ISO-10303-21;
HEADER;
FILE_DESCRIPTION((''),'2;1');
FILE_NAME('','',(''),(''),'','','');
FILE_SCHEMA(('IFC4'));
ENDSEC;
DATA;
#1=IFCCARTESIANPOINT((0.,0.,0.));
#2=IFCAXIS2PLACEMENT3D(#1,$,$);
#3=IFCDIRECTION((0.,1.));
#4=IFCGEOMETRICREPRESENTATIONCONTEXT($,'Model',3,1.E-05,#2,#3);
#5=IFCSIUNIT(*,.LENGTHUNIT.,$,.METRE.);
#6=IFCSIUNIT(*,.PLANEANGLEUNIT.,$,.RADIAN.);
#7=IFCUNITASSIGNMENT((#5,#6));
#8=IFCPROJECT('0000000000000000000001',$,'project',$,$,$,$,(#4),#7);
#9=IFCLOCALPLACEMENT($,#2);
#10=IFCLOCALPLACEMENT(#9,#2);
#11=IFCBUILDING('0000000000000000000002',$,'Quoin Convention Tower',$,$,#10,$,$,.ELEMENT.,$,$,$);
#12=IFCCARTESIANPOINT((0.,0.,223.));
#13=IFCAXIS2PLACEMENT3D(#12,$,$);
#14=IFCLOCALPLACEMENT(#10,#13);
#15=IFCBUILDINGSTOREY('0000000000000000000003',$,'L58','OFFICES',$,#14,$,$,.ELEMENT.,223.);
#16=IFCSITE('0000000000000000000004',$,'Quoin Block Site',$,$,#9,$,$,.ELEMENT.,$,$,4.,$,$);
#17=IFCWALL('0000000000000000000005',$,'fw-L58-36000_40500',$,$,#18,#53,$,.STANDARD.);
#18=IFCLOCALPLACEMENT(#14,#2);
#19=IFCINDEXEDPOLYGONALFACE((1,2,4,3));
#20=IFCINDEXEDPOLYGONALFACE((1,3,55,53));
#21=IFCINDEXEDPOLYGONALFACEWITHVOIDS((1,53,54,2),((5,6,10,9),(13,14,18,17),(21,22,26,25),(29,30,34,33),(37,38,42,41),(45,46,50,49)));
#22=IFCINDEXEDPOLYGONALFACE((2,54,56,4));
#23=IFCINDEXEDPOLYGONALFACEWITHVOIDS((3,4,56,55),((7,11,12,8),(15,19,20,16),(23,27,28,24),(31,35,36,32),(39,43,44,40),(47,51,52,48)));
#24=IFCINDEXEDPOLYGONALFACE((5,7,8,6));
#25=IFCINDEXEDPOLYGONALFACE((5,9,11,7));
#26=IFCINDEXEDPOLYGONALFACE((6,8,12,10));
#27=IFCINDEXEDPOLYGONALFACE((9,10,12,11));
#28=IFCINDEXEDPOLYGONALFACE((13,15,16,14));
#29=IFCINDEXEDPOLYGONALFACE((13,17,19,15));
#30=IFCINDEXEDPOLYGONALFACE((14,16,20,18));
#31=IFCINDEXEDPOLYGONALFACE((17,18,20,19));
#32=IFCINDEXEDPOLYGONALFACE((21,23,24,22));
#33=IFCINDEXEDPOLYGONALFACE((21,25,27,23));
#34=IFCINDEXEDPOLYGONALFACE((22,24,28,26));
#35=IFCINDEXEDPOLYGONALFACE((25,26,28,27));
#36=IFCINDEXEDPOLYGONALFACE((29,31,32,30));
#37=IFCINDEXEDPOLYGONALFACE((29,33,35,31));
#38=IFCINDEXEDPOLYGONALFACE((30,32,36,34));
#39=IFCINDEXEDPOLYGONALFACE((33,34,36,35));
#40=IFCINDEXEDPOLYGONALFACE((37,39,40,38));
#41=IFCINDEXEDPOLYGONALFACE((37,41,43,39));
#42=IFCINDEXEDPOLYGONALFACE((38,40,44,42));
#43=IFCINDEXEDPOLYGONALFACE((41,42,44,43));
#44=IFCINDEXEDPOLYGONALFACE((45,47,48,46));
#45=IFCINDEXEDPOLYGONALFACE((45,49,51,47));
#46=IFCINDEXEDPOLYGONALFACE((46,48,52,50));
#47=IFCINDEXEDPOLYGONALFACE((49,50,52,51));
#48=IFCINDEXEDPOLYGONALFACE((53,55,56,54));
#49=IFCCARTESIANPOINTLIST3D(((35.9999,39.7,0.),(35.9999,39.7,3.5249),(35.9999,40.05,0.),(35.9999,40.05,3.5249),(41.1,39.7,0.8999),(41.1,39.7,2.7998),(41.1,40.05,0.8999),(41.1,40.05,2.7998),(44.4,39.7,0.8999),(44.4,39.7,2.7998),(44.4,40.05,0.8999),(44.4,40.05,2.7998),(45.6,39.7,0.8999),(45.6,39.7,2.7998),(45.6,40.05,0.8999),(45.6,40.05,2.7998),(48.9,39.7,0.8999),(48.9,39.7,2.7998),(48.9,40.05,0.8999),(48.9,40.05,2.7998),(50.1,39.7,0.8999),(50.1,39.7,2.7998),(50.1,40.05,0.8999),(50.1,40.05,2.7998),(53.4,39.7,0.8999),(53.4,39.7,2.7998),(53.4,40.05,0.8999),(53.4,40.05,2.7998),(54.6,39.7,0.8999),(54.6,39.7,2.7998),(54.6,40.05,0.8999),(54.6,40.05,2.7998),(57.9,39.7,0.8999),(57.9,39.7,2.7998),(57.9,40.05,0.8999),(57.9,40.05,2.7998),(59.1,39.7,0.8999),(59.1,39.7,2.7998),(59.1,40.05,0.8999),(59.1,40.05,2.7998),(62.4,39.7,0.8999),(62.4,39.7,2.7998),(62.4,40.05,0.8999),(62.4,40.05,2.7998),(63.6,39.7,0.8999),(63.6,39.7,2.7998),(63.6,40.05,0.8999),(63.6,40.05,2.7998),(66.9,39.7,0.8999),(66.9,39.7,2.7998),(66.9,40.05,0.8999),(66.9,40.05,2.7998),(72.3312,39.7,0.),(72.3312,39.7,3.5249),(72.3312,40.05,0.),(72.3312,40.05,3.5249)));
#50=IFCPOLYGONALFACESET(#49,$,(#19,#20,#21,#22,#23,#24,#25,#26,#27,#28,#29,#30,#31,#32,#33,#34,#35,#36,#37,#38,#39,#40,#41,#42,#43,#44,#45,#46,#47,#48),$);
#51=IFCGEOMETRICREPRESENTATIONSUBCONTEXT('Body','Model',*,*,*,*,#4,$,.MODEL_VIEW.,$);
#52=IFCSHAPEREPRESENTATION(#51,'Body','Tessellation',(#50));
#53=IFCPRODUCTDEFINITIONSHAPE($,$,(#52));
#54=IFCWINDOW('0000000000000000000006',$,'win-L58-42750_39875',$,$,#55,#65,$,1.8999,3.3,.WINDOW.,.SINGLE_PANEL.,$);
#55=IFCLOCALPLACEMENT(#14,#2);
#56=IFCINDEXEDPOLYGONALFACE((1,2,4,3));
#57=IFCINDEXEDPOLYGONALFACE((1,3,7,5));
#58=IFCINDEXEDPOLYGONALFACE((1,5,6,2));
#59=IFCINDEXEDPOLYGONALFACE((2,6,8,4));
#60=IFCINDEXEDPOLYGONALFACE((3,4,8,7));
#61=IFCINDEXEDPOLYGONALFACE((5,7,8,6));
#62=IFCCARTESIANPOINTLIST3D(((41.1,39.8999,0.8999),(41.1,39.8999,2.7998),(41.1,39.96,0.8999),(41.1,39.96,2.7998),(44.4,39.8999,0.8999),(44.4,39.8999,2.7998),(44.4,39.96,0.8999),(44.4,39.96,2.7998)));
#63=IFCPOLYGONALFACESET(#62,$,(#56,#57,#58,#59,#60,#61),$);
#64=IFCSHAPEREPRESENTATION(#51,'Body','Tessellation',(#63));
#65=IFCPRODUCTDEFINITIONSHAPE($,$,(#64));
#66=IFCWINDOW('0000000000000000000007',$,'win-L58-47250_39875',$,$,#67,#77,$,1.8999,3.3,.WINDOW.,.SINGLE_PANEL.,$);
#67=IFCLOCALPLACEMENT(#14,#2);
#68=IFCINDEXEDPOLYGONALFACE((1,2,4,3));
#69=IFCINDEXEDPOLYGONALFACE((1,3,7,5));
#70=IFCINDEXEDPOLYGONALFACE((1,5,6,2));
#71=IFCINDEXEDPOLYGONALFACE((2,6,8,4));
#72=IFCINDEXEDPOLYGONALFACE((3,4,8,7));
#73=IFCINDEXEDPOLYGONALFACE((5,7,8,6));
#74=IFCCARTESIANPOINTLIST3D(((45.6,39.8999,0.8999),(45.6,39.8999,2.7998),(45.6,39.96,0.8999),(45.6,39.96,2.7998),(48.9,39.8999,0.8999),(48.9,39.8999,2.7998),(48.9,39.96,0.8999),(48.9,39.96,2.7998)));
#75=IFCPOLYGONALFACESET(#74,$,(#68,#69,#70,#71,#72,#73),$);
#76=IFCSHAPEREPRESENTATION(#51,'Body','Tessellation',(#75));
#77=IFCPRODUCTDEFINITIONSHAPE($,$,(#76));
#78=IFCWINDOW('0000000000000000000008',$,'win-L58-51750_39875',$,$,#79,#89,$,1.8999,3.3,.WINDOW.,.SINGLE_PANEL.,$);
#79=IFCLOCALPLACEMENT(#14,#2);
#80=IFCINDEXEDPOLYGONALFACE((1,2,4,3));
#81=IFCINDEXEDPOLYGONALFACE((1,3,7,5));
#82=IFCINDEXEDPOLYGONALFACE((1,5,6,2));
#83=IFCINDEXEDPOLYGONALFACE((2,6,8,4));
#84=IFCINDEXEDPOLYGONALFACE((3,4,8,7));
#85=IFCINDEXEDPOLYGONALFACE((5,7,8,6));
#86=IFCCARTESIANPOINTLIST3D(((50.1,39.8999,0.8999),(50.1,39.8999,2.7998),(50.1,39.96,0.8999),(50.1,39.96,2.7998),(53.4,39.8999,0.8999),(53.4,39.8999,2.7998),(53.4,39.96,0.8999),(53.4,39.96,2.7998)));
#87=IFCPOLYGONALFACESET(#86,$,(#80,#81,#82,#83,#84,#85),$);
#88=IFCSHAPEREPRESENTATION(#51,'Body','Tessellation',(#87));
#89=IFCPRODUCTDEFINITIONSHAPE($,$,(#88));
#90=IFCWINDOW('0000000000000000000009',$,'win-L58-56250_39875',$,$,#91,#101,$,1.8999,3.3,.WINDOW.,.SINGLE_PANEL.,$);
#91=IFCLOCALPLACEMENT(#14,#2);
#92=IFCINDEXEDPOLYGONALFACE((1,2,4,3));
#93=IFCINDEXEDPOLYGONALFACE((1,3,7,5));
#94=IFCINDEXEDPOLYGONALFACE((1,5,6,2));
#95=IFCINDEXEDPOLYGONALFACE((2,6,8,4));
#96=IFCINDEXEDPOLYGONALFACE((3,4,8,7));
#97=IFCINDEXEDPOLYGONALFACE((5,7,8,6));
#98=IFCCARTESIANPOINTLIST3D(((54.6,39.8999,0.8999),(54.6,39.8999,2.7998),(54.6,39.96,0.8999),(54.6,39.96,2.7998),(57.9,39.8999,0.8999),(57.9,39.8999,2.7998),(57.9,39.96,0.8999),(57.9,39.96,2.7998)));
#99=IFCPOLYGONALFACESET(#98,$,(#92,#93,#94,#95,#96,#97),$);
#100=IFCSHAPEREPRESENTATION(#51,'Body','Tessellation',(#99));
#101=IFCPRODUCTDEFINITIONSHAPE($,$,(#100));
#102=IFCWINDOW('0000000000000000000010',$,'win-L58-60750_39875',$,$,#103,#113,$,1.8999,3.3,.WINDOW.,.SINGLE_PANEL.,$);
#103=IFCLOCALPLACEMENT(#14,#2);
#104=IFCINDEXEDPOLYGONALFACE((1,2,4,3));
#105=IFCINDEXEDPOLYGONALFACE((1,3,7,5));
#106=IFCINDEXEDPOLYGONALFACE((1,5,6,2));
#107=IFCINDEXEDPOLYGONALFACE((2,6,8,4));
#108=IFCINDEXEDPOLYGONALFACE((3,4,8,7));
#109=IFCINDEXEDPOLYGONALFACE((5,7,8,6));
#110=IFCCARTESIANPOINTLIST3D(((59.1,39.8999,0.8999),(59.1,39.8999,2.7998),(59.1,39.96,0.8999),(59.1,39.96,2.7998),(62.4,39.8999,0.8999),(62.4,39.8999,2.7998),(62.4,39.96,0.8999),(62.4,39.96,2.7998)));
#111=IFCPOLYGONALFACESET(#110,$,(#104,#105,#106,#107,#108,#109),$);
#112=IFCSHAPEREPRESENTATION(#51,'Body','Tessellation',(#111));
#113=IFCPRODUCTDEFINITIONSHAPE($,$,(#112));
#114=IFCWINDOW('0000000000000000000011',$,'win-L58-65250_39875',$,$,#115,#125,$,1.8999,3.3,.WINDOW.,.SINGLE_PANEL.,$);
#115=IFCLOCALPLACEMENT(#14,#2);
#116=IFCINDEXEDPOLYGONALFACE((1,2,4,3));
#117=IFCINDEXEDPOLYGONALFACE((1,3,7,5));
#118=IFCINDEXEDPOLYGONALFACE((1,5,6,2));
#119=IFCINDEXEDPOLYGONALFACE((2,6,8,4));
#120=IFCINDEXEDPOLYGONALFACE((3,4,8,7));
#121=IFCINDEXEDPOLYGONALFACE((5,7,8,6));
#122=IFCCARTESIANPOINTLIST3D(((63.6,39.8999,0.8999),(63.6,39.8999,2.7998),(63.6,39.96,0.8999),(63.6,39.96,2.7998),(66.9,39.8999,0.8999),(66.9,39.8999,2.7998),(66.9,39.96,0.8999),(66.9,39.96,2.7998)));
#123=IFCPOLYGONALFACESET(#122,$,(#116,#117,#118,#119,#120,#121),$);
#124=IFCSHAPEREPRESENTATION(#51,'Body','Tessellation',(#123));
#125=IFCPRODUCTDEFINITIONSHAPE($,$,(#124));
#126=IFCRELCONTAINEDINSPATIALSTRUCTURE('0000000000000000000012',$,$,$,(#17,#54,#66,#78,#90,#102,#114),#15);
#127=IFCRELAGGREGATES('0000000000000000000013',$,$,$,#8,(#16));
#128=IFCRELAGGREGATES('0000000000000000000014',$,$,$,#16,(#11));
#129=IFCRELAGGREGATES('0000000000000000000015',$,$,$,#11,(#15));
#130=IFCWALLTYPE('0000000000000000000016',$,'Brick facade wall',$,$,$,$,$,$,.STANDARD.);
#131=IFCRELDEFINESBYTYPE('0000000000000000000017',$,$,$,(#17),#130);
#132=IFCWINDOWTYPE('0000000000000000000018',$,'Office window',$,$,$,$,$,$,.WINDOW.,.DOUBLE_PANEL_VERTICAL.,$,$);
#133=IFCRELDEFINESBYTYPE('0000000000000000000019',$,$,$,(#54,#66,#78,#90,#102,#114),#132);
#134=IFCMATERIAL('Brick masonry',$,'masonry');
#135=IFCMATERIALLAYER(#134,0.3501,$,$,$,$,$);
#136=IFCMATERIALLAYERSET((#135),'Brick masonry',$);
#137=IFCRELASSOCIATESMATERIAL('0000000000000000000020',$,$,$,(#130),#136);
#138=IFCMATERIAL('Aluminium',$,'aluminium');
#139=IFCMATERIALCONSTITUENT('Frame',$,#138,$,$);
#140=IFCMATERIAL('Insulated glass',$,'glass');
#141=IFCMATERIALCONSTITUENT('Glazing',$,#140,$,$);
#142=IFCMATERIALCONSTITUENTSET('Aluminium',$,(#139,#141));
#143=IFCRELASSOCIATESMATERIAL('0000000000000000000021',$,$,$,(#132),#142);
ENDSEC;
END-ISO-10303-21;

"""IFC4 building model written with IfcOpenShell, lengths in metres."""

from ifc_helpers import new_model, si_unit, direction, frame, frame_2d, origin, place, context, subcontext, project, spatial, rectangle, extrude, material, layer, layer_set, constituent, constituent_set, type_object, element, fill, save


model = new_model("IFC4")

# Units and contexts
model_context = context("Model", 3, precision=1e-05, world=origin(), true_north=direction((0.0, 1.0)))
body_context = subcontext(model_context, "Body", "Model", "MODEL_VIEW")
ifc_project = project(units=[si_unit("LENGTHUNIT", "METRE"), si_unit("PLANEANGLEUNIT", "RADIAN")], contexts=[model_context])

# Site, building, storey
site_placement = place(None, origin())
site = spatial("IfcSite", under=ifc_project, at=site_placement, Name="Quoin Block Site", CompositionType="ELEMENT", RefElevation=4.0)
building_placement = place(site_placement, origin())
building = spatial("IfcBuilding", under=site, at=building_placement, Name="Quoin Convention Tower", CompositionType="ELEMENT")
storey_placement = place(building_placement, frame((0.0, 0.0, 223.0)))
storey = spatial("IfcBuildingStorey", under=building, at=storey_placement, Name="L58", Description="OFFICES", CompositionType="ELEMENT", Elevation=223.0)

# Wall, openings, windows
ifc_material_1 = material(Name="Brick masonry", Category="masonry")
ifc_layer_1 = layer(ifc_material_1, 0.3501)
ifc_layer_set_1 = layer_set([ifc_layer_1], Name="Brick masonry")
wall_type = type_object("IfcWallType", Name="Brick facade wall", PredefinedType="STANDARD", material=ifc_layer_set_1)
wall_1_placement = place(storey_placement, frame((36.0, 39.875, 0.0), z_axis=(0.0, 0.0, 1.0), x_axis=(1.0, 0.0, 0.0)))
wall_1 = element("IfcWall", 1, at=wall_1_placement, inside=storey, type_object=wall_type, Name="fw-L58-36000_40500", PredefinedType="STANDARD", context=body_context, shape_type="SweptSolid", body=[
    extrude(rectangle(XDim=36.3313, YDim=0.3501, at=frame_2d((18.1655, 0.0))), origin(), (0.0, 0.0, 1.0), 3.5249),
])
opening_1_placement = place(wall_1_placement, frame((5.1001, 0.0, 0.8999)))
opening_1 = element("IfcOpeningElement", 2, at=opening_1_placement, cuts=wall_1, PredefinedType="OPENING", context=body_context, shape_type="SweptSolid", body=[
    extrude(rectangle(XDim=3.3, YDim=1.8999, at=frame_2d((1.6499, 0.95))), frame((0.0, 0.1851, 0.0), z_axis=(0.0, -1.0, 0.0), x_axis=(1.0, 0.0, 0.0)), (0.0, 0.0, 1.0), 0.3701),
])
opening_2_placement = place(wall_1_placement, frame((9.6001, 0.0, 0.8999)))
opening_2 = element("IfcOpeningElement", 3, at=opening_2_placement, cuts=wall_1, PredefinedType="OPENING", context=body_context, shape_type="SweptSolid", body=[
    extrude(rectangle(XDim=3.3, YDim=1.8999, at=frame_2d((1.6499, 0.95))), frame((0.0, 0.1851, 0.0), z_axis=(0.0, -1.0, 0.0), x_axis=(1.0, 0.0, 0.0)), (0.0, 0.0, 1.0), 0.3701),
])
opening_3_placement = place(wall_1_placement, frame((14.1001, 0.0, 0.8999)))
opening_3 = element("IfcOpeningElement", 4, at=opening_3_placement, cuts=wall_1, PredefinedType="OPENING", context=body_context, shape_type="SweptSolid", body=[
    extrude(rectangle(XDim=3.3, YDim=1.8999, at=frame_2d((1.6499, 0.95))), frame((0.0, 0.1851, 0.0), z_axis=(0.0, -1.0, 0.0), x_axis=(1.0, 0.0, 0.0)), (0.0, 0.0, 1.0), 0.3701),
])
opening_4_placement = place(wall_1_placement, frame((18.6001, 0.0, 0.8999)))
opening_4 = element("IfcOpeningElement", 5, at=opening_4_placement, cuts=wall_1, PredefinedType="OPENING", context=body_context, shape_type="SweptSolid", body=[
    extrude(rectangle(XDim=3.3, YDim=1.8999, at=frame_2d((1.6499, 0.95))), frame((0.0, 0.1851, 0.0), z_axis=(0.0, -1.0, 0.0), x_axis=(1.0, 0.0, 0.0)), (0.0, 0.0, 1.0), 0.3701),
])
opening_5_placement = place(wall_1_placement, frame((23.1001, 0.0, 0.8999)))
opening_5 = element("IfcOpeningElement", 6, at=opening_5_placement, cuts=wall_1, PredefinedType="OPENING", context=body_context, shape_type="SweptSolid", body=[
    extrude(rectangle(XDim=3.3, YDim=1.8999, at=frame_2d((1.6499, 0.95))), frame((0.0, 0.1851, 0.0), z_axis=(0.0, -1.0, 0.0), x_axis=(1.0, 0.0, 0.0)), (0.0, 0.0, 1.0), 0.3701),
])
opening_6_placement = place(wall_1_placement, frame((27.6001, 0.0, 0.8999)))
opening_6 = element("IfcOpeningElement", 7, at=opening_6_placement, cuts=wall_1, PredefinedType="OPENING", context=body_context, shape_type="SweptSolid", body=[
    extrude(rectangle(XDim=3.3, YDim=1.8999, at=frame_2d((1.6499, 0.95))), frame((0.0, 0.1851, 0.0), z_axis=(0.0, -1.0, 0.0), x_axis=(1.0, 0.0, 0.0)), (0.0, 0.0, 1.0), 0.3701),
])
ifc_material_2 = material(Name="Aluminium", Category="aluminium")
ifc_constituent_1 = constituent(ifc_material_2, Name="Frame")
ifc_material_3 = material(Name="Insulated glass", Category="glass")
ifc_constituent_2 = constituent(ifc_material_3, Name="Glazing")
ifc_constituent_set = constituent_set(constituents=[ifc_constituent_1, ifc_constituent_2], Name="Aluminium")
window_type = type_object("IfcWindowType", Name="Office window", PartitioningType="DOUBLE_PANEL_VERTICAL", PredefinedType="WINDOW", material=ifc_constituent_set)
window_1_placement = place(opening_1_placement, origin())
window_1 = element("IfcWindow", 8, at=window_1_placement, inside=storey, type_object=window_type, Name="win-L58-42750_39875", OverallHeight=1.8999, OverallWidth=3.3, PartitioningType="SINGLE_PANEL", PredefinedType="WINDOW", context=body_context, shape_type="SweptSolid", body=[
    extrude(rectangle(XDim=3.3, YDim=1.8999, at=frame_2d((1.6499, 0.95))), frame((0.0, 0.085, 0.0), z_axis=(0.0, -1.0, 0.0), x_axis=(1.0, 0.0, 0.0)), (0.0, 0.0, 1.0), 0.0601),
])
fill(opening_1, window_1)
window_2_placement = place(opening_2_placement, origin())
window_2 = element("IfcWindow", 9, at=window_2_placement, inside=storey, type_object=window_type, Name="win-L58-47250_39875", OverallHeight=1.8999, OverallWidth=3.3, PartitioningType="SINGLE_PANEL", PredefinedType="WINDOW", context=body_context, shape_type="SweptSolid", body=[
    extrude(rectangle(XDim=3.3, YDim=1.8999, at=frame_2d((1.6499, 0.95))), frame((0.0, 0.085, 0.0), z_axis=(0.0, -1.0, 0.0), x_axis=(1.0, 0.0, 0.0)), (0.0, 0.0, 1.0), 0.0601),
])
fill(opening_2, window_2)
window_3_placement = place(opening_3_placement, origin())
window_3 = element("IfcWindow", 10, at=window_3_placement, inside=storey, type_object=window_type, Name="win-L58-51750_39875", OverallHeight=1.8999, OverallWidth=3.3, PartitioningType="SINGLE_PANEL", PredefinedType="WINDOW", context=body_context, shape_type="SweptSolid", body=[
    extrude(rectangle(XDim=3.3, YDim=1.8999, at=frame_2d((1.6499, 0.95))), frame((0.0, 0.085, 0.0), z_axis=(0.0, -1.0, 0.0), x_axis=(1.0, 0.0, 0.0)), (0.0, 0.0, 1.0), 0.0601),
])
fill(opening_3, window_3)
window_4_placement = place(opening_4_placement, origin())
window_4 = element("IfcWindow", 11, at=window_4_placement, inside=storey, type_object=window_type, Name="win-L58-56250_39875", OverallHeight=1.8999, OverallWidth=3.3, PartitioningType="SINGLE_PANEL", PredefinedType="WINDOW", context=body_context, shape_type="SweptSolid", body=[
    extrude(rectangle(XDim=3.3, YDim=1.8999, at=frame_2d((1.6499, 0.95))), frame((0.0, 0.085, 0.0), z_axis=(0.0, -1.0, 0.0), x_axis=(1.0, 0.0, 0.0)), (0.0, 0.0, 1.0), 0.0601),
])
fill(opening_4, window_4)
window_5_placement = place(opening_5_placement, origin())
window_5 = element("IfcWindow", 12, at=window_5_placement, inside=storey, type_object=window_type, Name="win-L58-60750_39875", OverallHeight=1.8999, OverallWidth=3.3, PartitioningType="SINGLE_PANEL", PredefinedType="WINDOW", context=body_context, shape_type="SweptSolid", body=[
    extrude(rectangle(XDim=3.3, YDim=1.8999, at=frame_2d((1.6499, 0.95))), frame((0.0, 0.085, 0.0), z_axis=(0.0, -1.0, 0.0), x_axis=(1.0, 0.0, 0.0)), (0.0, 0.0, 1.0), 0.0601),
])
fill(opening_5, window_5)
window_6_placement = place(opening_6_placement, origin())
window_6 = element("IfcWindow", 13, at=window_6_placement, inside=storey, type_object=window_type, Name="win-L58-65250_39875", OverallHeight=1.8999, OverallWidth=3.3, PartitioningType="SINGLE_PANEL", PredefinedType="WINDOW", context=body_context, shape_type="SweptSolid", body=[
    extrude(rectangle(XDim=3.3, YDim=1.8999, at=frame_2d((1.6499, 0.95))), frame((0.0, 0.085, 0.0), z_axis=(0.0, -1.0, 0.0), x_axis=(1.0, 0.0, 0.0)), (0.0, 0.0, 1.0), 0.0601),
])
fill(opening_6, window_6)

save(model, "model.ifc")
